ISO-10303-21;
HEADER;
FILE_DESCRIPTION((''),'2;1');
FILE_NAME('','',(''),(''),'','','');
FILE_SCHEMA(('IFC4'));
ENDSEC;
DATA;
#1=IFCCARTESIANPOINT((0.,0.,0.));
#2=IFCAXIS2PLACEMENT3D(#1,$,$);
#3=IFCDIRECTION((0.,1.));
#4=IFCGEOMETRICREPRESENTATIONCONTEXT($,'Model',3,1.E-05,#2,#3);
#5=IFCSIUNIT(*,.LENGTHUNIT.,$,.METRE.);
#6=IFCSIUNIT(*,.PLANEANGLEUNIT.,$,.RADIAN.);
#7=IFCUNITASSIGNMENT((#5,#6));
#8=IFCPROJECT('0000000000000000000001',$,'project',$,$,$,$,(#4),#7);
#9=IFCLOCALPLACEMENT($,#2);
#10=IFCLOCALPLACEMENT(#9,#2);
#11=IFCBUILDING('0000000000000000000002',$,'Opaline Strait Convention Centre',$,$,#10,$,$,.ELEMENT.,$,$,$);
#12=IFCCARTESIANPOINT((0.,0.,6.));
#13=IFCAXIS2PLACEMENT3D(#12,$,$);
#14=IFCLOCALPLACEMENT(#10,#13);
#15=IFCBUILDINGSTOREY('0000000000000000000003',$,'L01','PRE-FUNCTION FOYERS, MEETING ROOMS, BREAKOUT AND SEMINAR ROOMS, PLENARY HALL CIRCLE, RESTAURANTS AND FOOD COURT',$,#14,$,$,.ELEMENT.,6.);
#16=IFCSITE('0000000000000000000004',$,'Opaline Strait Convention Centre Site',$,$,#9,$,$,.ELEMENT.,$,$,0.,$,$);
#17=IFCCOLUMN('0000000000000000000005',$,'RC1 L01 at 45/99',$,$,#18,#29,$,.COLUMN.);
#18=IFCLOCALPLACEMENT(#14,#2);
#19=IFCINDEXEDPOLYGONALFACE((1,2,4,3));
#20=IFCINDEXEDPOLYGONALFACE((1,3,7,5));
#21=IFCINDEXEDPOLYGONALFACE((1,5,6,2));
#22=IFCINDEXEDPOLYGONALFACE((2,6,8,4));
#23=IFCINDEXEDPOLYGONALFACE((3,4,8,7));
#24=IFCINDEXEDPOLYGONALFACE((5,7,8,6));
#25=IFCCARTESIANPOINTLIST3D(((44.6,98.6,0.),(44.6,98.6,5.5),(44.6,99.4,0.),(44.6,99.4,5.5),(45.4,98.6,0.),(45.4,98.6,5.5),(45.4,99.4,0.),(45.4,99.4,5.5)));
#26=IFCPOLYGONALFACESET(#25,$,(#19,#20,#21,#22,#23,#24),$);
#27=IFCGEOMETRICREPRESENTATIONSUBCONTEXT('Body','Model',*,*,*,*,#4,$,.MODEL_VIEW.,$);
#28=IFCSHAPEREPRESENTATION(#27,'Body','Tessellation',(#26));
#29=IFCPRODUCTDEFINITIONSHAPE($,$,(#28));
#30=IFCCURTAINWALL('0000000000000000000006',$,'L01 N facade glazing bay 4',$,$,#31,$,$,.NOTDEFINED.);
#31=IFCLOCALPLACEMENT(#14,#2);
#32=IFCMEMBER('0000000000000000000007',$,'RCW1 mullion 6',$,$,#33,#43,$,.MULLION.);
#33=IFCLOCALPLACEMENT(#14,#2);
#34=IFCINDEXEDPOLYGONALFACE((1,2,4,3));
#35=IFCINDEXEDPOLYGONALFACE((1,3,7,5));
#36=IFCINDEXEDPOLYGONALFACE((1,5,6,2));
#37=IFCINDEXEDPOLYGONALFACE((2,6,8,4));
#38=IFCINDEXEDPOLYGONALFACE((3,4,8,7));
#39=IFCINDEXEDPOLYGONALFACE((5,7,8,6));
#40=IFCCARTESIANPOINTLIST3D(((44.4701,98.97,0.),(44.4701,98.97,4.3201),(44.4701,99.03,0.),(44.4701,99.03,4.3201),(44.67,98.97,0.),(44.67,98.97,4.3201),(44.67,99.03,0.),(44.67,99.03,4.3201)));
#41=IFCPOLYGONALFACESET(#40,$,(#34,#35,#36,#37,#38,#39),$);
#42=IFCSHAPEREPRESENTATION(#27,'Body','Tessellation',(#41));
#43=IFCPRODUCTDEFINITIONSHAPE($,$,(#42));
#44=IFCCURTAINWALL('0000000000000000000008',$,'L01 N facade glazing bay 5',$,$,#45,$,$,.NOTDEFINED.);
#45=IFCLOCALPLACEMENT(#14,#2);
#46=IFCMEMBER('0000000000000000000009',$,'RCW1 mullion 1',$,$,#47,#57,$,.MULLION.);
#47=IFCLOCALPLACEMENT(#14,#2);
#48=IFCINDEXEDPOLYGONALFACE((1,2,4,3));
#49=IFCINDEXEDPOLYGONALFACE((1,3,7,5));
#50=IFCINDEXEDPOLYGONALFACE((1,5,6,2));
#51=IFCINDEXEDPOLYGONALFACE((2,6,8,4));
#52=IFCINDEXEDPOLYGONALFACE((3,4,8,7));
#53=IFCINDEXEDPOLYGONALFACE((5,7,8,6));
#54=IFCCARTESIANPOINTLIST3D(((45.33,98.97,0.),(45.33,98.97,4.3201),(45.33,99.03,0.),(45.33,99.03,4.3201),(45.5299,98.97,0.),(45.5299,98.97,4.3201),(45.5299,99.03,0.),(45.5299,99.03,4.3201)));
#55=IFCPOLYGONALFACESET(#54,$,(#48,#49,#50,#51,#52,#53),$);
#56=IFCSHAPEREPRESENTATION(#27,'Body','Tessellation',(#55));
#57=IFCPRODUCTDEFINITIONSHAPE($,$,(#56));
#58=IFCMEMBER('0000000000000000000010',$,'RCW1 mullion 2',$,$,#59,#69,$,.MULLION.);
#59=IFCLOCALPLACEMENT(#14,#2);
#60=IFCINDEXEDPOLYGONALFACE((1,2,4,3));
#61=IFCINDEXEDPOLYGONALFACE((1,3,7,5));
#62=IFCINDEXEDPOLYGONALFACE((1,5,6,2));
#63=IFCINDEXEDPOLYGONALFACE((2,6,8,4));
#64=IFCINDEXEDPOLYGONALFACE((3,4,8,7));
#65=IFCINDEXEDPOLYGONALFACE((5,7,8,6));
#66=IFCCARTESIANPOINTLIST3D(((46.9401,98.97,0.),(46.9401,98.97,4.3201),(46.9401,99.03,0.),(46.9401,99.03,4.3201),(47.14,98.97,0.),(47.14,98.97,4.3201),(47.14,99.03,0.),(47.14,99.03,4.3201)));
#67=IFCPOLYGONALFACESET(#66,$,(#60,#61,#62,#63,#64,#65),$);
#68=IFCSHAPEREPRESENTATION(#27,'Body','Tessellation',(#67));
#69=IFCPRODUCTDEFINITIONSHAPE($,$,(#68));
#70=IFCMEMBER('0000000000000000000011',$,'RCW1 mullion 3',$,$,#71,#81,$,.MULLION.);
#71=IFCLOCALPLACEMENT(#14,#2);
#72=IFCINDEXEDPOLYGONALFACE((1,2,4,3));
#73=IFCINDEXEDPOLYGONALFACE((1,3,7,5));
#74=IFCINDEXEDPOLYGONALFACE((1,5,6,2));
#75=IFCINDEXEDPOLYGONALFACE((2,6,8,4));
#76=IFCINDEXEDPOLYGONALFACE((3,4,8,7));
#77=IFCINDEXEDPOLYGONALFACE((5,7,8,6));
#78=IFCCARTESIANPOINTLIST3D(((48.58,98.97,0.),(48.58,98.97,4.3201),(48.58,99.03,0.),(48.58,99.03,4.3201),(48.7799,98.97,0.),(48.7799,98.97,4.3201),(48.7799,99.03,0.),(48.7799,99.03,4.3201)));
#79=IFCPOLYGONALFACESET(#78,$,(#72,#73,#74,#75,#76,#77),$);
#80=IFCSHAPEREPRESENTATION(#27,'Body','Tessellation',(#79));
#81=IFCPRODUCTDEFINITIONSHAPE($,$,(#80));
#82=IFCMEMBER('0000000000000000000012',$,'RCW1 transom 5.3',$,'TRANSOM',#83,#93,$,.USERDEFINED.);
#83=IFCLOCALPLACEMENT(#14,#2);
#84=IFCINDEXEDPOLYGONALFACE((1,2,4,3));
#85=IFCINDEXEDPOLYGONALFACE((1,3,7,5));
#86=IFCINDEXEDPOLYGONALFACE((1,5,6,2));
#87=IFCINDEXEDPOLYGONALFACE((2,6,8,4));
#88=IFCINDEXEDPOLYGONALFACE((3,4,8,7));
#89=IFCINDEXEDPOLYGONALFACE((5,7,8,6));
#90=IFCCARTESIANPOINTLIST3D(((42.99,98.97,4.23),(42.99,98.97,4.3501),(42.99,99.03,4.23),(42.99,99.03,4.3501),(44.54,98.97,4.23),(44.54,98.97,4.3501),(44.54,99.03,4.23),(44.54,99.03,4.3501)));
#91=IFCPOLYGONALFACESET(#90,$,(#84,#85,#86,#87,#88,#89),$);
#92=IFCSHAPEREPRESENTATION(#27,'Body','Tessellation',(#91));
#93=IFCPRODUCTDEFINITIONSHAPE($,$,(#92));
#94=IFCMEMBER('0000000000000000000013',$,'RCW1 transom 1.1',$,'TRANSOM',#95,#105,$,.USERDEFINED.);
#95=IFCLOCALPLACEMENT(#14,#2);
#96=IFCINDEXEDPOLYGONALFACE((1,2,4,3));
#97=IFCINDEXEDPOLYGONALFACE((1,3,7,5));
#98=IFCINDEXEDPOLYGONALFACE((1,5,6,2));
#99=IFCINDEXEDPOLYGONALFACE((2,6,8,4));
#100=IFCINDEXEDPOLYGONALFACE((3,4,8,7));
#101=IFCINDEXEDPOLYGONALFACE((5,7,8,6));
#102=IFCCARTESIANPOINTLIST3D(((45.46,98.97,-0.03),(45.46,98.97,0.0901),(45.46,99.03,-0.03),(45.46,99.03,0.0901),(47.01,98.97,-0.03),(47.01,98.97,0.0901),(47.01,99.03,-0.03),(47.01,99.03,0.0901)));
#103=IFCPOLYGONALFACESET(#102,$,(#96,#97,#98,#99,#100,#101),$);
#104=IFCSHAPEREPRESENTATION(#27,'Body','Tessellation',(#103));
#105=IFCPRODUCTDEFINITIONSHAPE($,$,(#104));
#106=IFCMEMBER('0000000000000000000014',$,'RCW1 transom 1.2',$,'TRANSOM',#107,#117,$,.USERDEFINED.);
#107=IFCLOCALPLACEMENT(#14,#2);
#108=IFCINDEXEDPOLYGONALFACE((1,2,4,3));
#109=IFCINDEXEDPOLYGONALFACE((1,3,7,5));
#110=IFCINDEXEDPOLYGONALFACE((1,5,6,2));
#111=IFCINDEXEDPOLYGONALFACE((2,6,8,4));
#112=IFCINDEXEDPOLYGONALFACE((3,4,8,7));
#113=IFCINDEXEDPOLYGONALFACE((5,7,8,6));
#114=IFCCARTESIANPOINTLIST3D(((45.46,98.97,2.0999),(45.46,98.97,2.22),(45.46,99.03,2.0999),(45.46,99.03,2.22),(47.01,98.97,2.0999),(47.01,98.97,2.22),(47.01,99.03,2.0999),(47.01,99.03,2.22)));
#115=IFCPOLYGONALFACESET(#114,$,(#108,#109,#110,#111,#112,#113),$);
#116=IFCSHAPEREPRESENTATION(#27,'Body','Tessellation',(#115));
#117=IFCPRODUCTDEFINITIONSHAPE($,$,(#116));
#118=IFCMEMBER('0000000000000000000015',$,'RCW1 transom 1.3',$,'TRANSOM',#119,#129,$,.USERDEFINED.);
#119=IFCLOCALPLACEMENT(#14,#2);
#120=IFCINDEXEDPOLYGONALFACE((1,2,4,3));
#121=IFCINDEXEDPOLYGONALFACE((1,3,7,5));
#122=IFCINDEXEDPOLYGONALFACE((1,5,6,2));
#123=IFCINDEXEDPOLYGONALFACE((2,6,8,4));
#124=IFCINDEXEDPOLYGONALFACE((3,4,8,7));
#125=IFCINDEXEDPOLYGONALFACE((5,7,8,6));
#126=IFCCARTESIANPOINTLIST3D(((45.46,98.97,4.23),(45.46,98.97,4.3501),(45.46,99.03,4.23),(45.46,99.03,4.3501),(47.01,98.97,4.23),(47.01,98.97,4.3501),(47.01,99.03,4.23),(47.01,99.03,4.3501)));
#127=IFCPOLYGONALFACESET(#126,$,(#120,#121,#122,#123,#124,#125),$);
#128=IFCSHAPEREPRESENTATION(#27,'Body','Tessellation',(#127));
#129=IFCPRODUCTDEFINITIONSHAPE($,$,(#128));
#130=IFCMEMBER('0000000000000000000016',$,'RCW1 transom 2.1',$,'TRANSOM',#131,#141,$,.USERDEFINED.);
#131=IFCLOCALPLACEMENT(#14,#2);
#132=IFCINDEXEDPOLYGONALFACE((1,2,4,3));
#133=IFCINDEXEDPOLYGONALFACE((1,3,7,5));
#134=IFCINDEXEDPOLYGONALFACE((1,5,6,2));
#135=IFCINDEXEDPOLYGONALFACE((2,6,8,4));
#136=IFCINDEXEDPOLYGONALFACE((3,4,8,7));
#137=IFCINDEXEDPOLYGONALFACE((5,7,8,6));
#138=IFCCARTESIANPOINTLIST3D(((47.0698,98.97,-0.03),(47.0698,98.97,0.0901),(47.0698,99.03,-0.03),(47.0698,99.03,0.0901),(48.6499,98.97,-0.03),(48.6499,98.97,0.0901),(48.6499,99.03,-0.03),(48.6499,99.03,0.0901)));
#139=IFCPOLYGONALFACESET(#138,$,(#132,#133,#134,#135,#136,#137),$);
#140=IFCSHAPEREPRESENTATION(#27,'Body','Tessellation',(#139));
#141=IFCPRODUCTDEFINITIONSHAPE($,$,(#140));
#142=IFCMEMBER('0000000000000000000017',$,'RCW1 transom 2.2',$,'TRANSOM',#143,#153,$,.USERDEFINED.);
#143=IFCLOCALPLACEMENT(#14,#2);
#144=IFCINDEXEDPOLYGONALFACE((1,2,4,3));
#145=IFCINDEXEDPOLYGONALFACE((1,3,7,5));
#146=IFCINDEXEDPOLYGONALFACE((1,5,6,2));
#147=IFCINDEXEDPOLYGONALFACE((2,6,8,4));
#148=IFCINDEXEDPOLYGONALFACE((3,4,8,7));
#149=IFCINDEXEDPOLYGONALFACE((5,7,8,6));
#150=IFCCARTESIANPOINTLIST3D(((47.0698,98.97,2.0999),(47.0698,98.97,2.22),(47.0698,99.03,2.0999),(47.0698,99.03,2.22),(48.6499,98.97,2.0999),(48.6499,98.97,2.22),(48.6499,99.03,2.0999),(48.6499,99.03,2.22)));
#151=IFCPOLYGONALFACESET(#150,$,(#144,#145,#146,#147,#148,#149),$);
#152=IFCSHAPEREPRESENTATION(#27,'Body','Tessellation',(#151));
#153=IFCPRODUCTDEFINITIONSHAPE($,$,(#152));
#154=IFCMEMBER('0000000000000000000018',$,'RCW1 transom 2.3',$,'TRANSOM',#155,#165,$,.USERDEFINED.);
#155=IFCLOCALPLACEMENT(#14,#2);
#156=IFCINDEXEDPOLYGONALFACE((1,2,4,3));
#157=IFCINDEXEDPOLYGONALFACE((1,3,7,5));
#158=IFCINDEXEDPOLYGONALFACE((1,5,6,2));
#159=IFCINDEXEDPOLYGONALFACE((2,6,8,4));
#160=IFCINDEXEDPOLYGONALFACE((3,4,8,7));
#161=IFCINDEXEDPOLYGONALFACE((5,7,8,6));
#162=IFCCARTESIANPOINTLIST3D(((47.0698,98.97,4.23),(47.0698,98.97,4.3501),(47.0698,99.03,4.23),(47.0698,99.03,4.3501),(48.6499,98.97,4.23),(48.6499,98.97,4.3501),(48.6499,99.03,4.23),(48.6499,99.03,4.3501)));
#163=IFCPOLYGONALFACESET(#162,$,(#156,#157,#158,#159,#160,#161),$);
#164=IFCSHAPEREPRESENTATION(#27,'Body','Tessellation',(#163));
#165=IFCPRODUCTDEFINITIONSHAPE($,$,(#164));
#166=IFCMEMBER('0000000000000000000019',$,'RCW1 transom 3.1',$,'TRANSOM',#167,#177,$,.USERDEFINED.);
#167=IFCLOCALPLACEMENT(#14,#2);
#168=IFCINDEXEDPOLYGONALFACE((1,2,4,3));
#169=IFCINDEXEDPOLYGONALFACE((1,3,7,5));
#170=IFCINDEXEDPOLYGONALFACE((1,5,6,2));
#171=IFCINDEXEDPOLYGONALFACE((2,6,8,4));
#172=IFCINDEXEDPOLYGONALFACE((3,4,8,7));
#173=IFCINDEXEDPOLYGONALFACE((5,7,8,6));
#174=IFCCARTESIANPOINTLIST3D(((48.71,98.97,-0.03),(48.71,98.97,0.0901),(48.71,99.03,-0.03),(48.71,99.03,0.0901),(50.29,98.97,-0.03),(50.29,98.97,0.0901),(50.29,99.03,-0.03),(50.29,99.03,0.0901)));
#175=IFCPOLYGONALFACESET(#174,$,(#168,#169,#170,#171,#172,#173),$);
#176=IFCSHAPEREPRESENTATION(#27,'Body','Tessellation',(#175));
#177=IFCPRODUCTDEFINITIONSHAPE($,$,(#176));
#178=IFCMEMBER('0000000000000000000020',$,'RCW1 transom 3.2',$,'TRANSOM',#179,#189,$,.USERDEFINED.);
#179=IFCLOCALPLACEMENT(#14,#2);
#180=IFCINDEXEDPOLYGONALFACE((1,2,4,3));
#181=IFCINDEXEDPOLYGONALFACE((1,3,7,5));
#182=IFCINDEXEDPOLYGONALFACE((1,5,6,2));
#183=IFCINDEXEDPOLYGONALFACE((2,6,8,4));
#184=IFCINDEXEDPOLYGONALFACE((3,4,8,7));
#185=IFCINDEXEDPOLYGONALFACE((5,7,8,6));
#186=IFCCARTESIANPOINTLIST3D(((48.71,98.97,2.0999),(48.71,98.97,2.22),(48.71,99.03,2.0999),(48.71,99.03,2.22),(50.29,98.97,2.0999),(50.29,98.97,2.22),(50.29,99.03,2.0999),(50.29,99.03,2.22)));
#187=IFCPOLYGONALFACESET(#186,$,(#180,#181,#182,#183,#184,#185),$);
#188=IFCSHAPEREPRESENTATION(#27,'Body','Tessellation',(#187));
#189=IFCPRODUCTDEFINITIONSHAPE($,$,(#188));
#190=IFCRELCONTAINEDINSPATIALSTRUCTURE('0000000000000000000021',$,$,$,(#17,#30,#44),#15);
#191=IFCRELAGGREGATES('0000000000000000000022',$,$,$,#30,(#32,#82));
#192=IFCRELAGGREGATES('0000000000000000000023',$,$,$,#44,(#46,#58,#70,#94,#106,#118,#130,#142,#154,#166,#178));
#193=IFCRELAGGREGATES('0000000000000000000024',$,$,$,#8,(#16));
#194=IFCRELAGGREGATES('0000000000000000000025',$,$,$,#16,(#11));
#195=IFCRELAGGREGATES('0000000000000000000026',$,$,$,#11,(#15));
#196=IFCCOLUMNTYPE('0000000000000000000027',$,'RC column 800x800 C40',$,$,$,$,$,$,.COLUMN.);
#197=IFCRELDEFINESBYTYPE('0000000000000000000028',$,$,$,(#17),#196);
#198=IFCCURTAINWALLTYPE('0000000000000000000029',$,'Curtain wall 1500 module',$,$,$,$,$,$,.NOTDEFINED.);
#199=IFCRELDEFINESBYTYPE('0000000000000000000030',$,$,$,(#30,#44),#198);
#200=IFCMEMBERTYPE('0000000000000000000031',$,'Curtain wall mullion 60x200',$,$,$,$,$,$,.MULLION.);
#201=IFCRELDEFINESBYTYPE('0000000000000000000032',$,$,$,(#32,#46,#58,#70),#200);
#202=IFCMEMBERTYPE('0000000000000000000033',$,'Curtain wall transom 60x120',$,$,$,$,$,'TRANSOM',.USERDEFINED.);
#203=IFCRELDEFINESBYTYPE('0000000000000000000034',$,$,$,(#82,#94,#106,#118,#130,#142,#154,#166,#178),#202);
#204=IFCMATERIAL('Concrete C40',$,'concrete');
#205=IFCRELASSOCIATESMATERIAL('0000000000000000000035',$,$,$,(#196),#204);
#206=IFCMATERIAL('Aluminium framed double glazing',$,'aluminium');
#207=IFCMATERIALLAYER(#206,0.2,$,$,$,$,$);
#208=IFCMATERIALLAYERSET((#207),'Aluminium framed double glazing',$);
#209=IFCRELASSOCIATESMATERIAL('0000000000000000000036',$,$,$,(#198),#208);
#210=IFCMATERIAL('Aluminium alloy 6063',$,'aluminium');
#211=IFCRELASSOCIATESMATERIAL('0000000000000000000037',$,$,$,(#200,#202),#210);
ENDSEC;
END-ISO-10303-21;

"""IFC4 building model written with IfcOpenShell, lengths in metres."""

from ifc_helpers import new_model, si_unit, direction, frame, origin, origin_2d, place, context, subcontext, project, spatial, rectangle, extrude, material, layer, layer_set, material_profile, profile_set, type_object, element, aggregate, save


model = new_model("IFC4")

# Units and contexts
model_context = context("Model", 3, precision=1e-05, world=origin(), true_north=direction((0.0, 1.0)))
body_context = subcontext(model_context, "Body", "Model", "MODEL_VIEW")
ifc_project = project(units=[si_unit("LENGTHUNIT", "METRE"), si_unit("PLANEANGLEUNIT", "RADIAN")], contexts=[model_context])

# Site, building, storey
site_placement = place(None, origin())
site = spatial("IfcSite", under=ifc_project, at=site_placement, Name="Opaline Strait Convention Centre Site", CompositionType="ELEMENT", RefElevation=0.0)
building_placement = place(site_placement, origin())
building = spatial("IfcBuilding", under=site, at=building_placement, Name="Opaline Strait Convention Centre", CompositionType="ELEMENT")
storey_placement = place(building_placement, frame((0.0, 0.0, 6.0)))
storey = spatial("IfcBuildingStorey", under=building, at=storey_placement, Name="L01", Description="PRE-FUNCTION FOYERS, MEETING ROOMS, BREAKOUT AND SEMINAR ROOMS, PLENARY HALL CIRCLE, RESTAURANTS AND FOOD COURT", CompositionType="ELEMENT", Elevation=6.0)

# Column
ifc_material_1 = material(Name="Concrete C40", Category="concrete")
ifc_material_profile_1 = material_profile(ifc_material_1, rectangle(XDim=0.8, YDim=0.8, at=origin_2d()), Name="RC 800x800")
ifc_profile_set_1 = profile_set([ifc_material_profile_1], Name="Concrete C40")
column_type = type_object("IfcColumnType", Name="RC column 800x800 C40", PredefinedType="COLUMN", material=ifc_profile_set_1)
column_placement = place(storey_placement, frame((45.0, 99.0, 0.0), z_axis=(0.0, 0.0, 1.0), x_axis=(1.0, 0.0, 0.0)))
element("IfcColumn", 1, at=column_placement, inside=storey, type_object=column_type, Name="RC1 L01 at 45/99", PredefinedType="COLUMN", context=body_context, shape_type="SweptSolid", body=[
    extrude(rectangle(XDim=0.8, YDim=0.8, at=origin_2d()), origin(), (0.0, 0.0, 1.0), 5.5),
])

# Curtain wall, member
ifc_material_2 = material(Name="Aluminium framed double glazing", Category="aluminium")
ifc_layer_1 = layer(ifc_material_2, 0.2)
ifc_layer_set_1 = layer_set([ifc_layer_1], Name="Aluminium framed double glazing")
curtain_wall_type = type_object("IfcCurtainWallType", Name="Curtain wall 1500 module", PredefinedType="NOTDEFINED", material=ifc_layer_set_1)
curtain_wall_1_placement = place(storey_placement, origin())
curtain_wall_1 = element("IfcCurtainWall", 2, at=curtain_wall_1_placement, inside=storey, type_object=curtain_wall_type, Name="L01 N facade glazing bay 4", PredefinedType="NOTDEFINED")
ifc_material_3 = material(Name="Aluminium alloy 6063", Category="aluminium")
ifc_material_profile_2 = material_profile(ifc_material_3, rectangle(XDim=0.0601, YDim=0.2, at=origin_2d()), Name="Curtain wall mullion 60x200")
ifc_profile_set_2 = profile_set([ifc_material_profile_2], Name="Aluminium alloy 6063")
member_type_1 = type_object("IfcMemberType", Name="Curtain wall mullion 60x200", PredefinedType="MULLION", material=ifc_profile_set_2)
member_1_placement = place(storey_placement, frame((44.5701, 99.0, 0.0), z_axis=(0.0, 0.0, 1.0), x_axis=(0.0, 1.0, 0.0)))
member_1 = element("IfcMember", 3, at=member_1_placement, type_object=member_type_1, Name="RCW1 mullion 6", PredefinedType="MULLION", context=body_context, shape_type="SweptSolid", body=[
    extrude(rectangle(XDim=0.0601, YDim=0.2, at=origin_2d()), origin(), (0.0, 0.0, 1.0), 4.3201),
])

# Curtain wall, members
curtain_wall_2_placement = place(storey_placement, origin())
curtain_wall_2 = element("IfcCurtainWall", 4, at=curtain_wall_2_placement, inside=storey, type_object=curtain_wall_type, Name="L01 N facade glazing bay 5", PredefinedType="NOTDEFINED")
member_2_placement = place(storey_placement, frame((45.4299, 99.0, 0.0), z_axis=(0.0, 0.0, 1.0), x_axis=(0.0, 1.0, 0.0)))
member_2 = element("IfcMember", 5, at=member_2_placement, type_object=member_type_1, Name="RCW1 mullion 1", PredefinedType="MULLION", context=body_context, shape_type="SweptSolid", body=[
    extrude(rectangle(XDim=0.0601, YDim=0.2, at=origin_2d()), origin(), (0.0, 0.0, 1.0), 4.3201),
])
member_3_placement = place(storey_placement, frame((47.04, 99.0, 0.0), z_axis=(0.0, 0.0, 1.0), x_axis=(0.0, 1.0, 0.0)))
member_3 = element("IfcMember", 6, at=member_3_placement, type_object=member_type_1, Name="RCW1 mullion 2", PredefinedType="MULLION", context=body_context, shape_type="SweptSolid", body=[
    extrude(rectangle(XDim=0.0601, YDim=0.2, at=origin_2d()), origin(), (0.0, 0.0, 1.0), 4.3201),
])
member_4_placement = place(storey_placement, frame((48.6799, 99.0, 0.0), z_axis=(0.0, 0.0, 1.0), x_axis=(0.0, 1.0, 0.0)))
member_4 = element("IfcMember", 7, at=member_4_placement, type_object=member_type_1, Name="RCW1 mullion 3", PredefinedType="MULLION", context=body_context, shape_type="SweptSolid", body=[
    extrude(rectangle(XDim=0.0601, YDim=0.2, at=origin_2d()), origin(), (0.0, 0.0, 1.0), 4.3201),
])

# Members
ifc_material_profile_3 = material_profile(ifc_material_3, rectangle(XDim=0.0601, YDim=0.1201, at=origin_2d()), Name="Curtain wall transom 60x120")
ifc_profile_set_3 = profile_set([ifc_material_profile_3], Name="Aluminium alloy 6063")
member_type_2 = type_object("IfcMemberType", Name="Curtain wall transom 60x120", ElementType="TRANSOM", PredefinedType="USERDEFINED", material=ifc_profile_set_3)
member_5_placement = place(storey_placement, frame((42.99, 99.0, 4.29), z_axis=(1.0, 0.0, 0.0), x_axis=(0.0, 1.0, 0.0)))
member_5 = element("IfcMember", 8, at=member_5_placement, type_object=member_type_2, Name="RCW1 transom 5.3", ObjectType="TRANSOM", PredefinedType="USERDEFINED", context=body_context, shape_type="SweptSolid", body=[
    extrude(rectangle(XDim=0.0601, YDim=0.1201, at=origin_2d()), origin(), (0.0, 0.0, 1.0), 1.55),
])
member_6_placement = place(storey_placement, frame((45.46, 99.0, 0.03), z_axis=(1.0, 0.0, 0.0), x_axis=(0.0, 1.0, 0.0)))
member_6 = element("IfcMember", 9, at=member_6_placement, type_object=member_type_2, Name="RCW1 transom 1.1", ObjectType="TRANSOM", PredefinedType="USERDEFINED", context=body_context, shape_type="SweptSolid", body=[
    extrude(rectangle(XDim=0.0601, YDim=0.1201, at=origin_2d()), origin(), (0.0, 0.0, 1.0), 1.55),
])
member_7_placement = place(storey_placement, frame((45.46, 99.0, 2.1599), z_axis=(1.0, 0.0, 0.0), x_axis=(0.0, 1.0, 0.0)))
member_7 = element("IfcMember", 10, at=member_7_placement, type_object=member_type_2, Name="RCW1 transom 1.2", ObjectType="TRANSOM", PredefinedType="USERDEFINED", context=body_context, shape_type="SweptSolid", body=[
    extrude(rectangle(XDim=0.0601, YDim=0.1201, at=origin_2d()), origin(), (0.0, 0.0, 1.0), 1.55),
])
member_8_placement = place(storey_placement, frame((45.46, 99.0, 4.29), z_axis=(1.0, 0.0, 0.0), x_axis=(0.0, 1.0, 0.0)))
member_8 = element("IfcMember", 11, at=member_8_placement, type_object=member_type_2, Name="RCW1 transom 1.3", ObjectType="TRANSOM", PredefinedType="USERDEFINED", context=body_context, shape_type="SweptSolid", body=[
    extrude(rectangle(XDim=0.0601, YDim=0.1201, at=origin_2d()), origin(), (0.0, 0.0, 1.0), 1.55),
])
member_9_placement = place(storey_placement, frame((47.0698, 99.0, 0.03), z_axis=(1.0, 0.0, 0.0), x_axis=(0.0, 1.0, 0.0)))
member_9 = element("IfcMember", 12, at=member_9_placement, type_object=member_type_2, Name="RCW1 transom 2.1", ObjectType="TRANSOM", PredefinedType="USERDEFINED", context=body_context, shape_type="SweptSolid", body=[
    extrude(rectangle(XDim=0.0601, YDim=0.1201, at=origin_2d()), origin(), (0.0, 0.0, 1.0), 1.5801),
])
member_10_placement = place(storey_placement, frame((47.0698, 99.0, 2.1599), z_axis=(1.0, 0.0, 0.0), x_axis=(0.0, 1.0, 0.0)))
member_10 = element("IfcMember", 13, at=member_10_placement, type_object=member_type_2, Name="RCW1 transom 2.2", ObjectType="TRANSOM", PredefinedType="USERDEFINED", context=body_context, shape_type="SweptSolid", body=[
    extrude(rectangle(XDim=0.0601, YDim=0.1201, at=origin_2d()), origin(), (0.0, 0.0, 1.0), 1.5801),
])
member_11_placement = place(storey_placement, frame((47.0698, 99.0, 4.29), z_axis=(1.0, 0.0, 0.0), x_axis=(0.0, 1.0, 0.0)))
member_11 = element("IfcMember", 14, at=member_11_placement, type_object=member_type_2, Name="RCW1 transom 2.3", ObjectType="TRANSOM", PredefinedType="USERDEFINED", context=body_context, shape_type="SweptSolid", body=[
    extrude(rectangle(XDim=0.0601, YDim=0.1201, at=origin_2d()), origin(), (0.0, 0.0, 1.0), 1.5801),
])
member_12_placement = place(storey_placement, frame((48.71, 99.0, 0.03), z_axis=(1.0, 0.0, 0.0), x_axis=(0.0, 1.0, 0.0)))
member_12 = element("IfcMember", 15, at=member_12_placement, type_object=member_type_2, Name="RCW1 transom 3.1", ObjectType="TRANSOM", PredefinedType="USERDEFINED", context=body_context, shape_type="SweptSolid", body=[
    extrude(rectangle(XDim=0.0601, YDim=0.1201, at=origin_2d()), origin(), (0.0, 0.0, 1.0), 1.5801),
])
member_13_placement = place(storey_placement, frame((48.71, 99.0, 2.1599), z_axis=(1.0, 0.0, 0.0), x_axis=(0.0, 1.0, 0.0)))
member_13 = element("IfcMember", 16, at=member_13_placement, type_object=member_type_2, Name="RCW1 transom 3.2", ObjectType="TRANSOM", PredefinedType="USERDEFINED", context=body_context, shape_type="SweptSolid", body=[
    extrude(rectangle(XDim=0.0601, YDim=0.1201, at=origin_2d()), origin(), (0.0, 0.0, 1.0), 1.5801),
])

aggregate(curtain_wall_1, [member_1, member_5])
aggregate(curtain_wall_2, [member_2, member_3, member_4, member_6, member_7, member_8, member_9, member_10, member_11, member_12, member_13])

save(model, "model.ifc")
